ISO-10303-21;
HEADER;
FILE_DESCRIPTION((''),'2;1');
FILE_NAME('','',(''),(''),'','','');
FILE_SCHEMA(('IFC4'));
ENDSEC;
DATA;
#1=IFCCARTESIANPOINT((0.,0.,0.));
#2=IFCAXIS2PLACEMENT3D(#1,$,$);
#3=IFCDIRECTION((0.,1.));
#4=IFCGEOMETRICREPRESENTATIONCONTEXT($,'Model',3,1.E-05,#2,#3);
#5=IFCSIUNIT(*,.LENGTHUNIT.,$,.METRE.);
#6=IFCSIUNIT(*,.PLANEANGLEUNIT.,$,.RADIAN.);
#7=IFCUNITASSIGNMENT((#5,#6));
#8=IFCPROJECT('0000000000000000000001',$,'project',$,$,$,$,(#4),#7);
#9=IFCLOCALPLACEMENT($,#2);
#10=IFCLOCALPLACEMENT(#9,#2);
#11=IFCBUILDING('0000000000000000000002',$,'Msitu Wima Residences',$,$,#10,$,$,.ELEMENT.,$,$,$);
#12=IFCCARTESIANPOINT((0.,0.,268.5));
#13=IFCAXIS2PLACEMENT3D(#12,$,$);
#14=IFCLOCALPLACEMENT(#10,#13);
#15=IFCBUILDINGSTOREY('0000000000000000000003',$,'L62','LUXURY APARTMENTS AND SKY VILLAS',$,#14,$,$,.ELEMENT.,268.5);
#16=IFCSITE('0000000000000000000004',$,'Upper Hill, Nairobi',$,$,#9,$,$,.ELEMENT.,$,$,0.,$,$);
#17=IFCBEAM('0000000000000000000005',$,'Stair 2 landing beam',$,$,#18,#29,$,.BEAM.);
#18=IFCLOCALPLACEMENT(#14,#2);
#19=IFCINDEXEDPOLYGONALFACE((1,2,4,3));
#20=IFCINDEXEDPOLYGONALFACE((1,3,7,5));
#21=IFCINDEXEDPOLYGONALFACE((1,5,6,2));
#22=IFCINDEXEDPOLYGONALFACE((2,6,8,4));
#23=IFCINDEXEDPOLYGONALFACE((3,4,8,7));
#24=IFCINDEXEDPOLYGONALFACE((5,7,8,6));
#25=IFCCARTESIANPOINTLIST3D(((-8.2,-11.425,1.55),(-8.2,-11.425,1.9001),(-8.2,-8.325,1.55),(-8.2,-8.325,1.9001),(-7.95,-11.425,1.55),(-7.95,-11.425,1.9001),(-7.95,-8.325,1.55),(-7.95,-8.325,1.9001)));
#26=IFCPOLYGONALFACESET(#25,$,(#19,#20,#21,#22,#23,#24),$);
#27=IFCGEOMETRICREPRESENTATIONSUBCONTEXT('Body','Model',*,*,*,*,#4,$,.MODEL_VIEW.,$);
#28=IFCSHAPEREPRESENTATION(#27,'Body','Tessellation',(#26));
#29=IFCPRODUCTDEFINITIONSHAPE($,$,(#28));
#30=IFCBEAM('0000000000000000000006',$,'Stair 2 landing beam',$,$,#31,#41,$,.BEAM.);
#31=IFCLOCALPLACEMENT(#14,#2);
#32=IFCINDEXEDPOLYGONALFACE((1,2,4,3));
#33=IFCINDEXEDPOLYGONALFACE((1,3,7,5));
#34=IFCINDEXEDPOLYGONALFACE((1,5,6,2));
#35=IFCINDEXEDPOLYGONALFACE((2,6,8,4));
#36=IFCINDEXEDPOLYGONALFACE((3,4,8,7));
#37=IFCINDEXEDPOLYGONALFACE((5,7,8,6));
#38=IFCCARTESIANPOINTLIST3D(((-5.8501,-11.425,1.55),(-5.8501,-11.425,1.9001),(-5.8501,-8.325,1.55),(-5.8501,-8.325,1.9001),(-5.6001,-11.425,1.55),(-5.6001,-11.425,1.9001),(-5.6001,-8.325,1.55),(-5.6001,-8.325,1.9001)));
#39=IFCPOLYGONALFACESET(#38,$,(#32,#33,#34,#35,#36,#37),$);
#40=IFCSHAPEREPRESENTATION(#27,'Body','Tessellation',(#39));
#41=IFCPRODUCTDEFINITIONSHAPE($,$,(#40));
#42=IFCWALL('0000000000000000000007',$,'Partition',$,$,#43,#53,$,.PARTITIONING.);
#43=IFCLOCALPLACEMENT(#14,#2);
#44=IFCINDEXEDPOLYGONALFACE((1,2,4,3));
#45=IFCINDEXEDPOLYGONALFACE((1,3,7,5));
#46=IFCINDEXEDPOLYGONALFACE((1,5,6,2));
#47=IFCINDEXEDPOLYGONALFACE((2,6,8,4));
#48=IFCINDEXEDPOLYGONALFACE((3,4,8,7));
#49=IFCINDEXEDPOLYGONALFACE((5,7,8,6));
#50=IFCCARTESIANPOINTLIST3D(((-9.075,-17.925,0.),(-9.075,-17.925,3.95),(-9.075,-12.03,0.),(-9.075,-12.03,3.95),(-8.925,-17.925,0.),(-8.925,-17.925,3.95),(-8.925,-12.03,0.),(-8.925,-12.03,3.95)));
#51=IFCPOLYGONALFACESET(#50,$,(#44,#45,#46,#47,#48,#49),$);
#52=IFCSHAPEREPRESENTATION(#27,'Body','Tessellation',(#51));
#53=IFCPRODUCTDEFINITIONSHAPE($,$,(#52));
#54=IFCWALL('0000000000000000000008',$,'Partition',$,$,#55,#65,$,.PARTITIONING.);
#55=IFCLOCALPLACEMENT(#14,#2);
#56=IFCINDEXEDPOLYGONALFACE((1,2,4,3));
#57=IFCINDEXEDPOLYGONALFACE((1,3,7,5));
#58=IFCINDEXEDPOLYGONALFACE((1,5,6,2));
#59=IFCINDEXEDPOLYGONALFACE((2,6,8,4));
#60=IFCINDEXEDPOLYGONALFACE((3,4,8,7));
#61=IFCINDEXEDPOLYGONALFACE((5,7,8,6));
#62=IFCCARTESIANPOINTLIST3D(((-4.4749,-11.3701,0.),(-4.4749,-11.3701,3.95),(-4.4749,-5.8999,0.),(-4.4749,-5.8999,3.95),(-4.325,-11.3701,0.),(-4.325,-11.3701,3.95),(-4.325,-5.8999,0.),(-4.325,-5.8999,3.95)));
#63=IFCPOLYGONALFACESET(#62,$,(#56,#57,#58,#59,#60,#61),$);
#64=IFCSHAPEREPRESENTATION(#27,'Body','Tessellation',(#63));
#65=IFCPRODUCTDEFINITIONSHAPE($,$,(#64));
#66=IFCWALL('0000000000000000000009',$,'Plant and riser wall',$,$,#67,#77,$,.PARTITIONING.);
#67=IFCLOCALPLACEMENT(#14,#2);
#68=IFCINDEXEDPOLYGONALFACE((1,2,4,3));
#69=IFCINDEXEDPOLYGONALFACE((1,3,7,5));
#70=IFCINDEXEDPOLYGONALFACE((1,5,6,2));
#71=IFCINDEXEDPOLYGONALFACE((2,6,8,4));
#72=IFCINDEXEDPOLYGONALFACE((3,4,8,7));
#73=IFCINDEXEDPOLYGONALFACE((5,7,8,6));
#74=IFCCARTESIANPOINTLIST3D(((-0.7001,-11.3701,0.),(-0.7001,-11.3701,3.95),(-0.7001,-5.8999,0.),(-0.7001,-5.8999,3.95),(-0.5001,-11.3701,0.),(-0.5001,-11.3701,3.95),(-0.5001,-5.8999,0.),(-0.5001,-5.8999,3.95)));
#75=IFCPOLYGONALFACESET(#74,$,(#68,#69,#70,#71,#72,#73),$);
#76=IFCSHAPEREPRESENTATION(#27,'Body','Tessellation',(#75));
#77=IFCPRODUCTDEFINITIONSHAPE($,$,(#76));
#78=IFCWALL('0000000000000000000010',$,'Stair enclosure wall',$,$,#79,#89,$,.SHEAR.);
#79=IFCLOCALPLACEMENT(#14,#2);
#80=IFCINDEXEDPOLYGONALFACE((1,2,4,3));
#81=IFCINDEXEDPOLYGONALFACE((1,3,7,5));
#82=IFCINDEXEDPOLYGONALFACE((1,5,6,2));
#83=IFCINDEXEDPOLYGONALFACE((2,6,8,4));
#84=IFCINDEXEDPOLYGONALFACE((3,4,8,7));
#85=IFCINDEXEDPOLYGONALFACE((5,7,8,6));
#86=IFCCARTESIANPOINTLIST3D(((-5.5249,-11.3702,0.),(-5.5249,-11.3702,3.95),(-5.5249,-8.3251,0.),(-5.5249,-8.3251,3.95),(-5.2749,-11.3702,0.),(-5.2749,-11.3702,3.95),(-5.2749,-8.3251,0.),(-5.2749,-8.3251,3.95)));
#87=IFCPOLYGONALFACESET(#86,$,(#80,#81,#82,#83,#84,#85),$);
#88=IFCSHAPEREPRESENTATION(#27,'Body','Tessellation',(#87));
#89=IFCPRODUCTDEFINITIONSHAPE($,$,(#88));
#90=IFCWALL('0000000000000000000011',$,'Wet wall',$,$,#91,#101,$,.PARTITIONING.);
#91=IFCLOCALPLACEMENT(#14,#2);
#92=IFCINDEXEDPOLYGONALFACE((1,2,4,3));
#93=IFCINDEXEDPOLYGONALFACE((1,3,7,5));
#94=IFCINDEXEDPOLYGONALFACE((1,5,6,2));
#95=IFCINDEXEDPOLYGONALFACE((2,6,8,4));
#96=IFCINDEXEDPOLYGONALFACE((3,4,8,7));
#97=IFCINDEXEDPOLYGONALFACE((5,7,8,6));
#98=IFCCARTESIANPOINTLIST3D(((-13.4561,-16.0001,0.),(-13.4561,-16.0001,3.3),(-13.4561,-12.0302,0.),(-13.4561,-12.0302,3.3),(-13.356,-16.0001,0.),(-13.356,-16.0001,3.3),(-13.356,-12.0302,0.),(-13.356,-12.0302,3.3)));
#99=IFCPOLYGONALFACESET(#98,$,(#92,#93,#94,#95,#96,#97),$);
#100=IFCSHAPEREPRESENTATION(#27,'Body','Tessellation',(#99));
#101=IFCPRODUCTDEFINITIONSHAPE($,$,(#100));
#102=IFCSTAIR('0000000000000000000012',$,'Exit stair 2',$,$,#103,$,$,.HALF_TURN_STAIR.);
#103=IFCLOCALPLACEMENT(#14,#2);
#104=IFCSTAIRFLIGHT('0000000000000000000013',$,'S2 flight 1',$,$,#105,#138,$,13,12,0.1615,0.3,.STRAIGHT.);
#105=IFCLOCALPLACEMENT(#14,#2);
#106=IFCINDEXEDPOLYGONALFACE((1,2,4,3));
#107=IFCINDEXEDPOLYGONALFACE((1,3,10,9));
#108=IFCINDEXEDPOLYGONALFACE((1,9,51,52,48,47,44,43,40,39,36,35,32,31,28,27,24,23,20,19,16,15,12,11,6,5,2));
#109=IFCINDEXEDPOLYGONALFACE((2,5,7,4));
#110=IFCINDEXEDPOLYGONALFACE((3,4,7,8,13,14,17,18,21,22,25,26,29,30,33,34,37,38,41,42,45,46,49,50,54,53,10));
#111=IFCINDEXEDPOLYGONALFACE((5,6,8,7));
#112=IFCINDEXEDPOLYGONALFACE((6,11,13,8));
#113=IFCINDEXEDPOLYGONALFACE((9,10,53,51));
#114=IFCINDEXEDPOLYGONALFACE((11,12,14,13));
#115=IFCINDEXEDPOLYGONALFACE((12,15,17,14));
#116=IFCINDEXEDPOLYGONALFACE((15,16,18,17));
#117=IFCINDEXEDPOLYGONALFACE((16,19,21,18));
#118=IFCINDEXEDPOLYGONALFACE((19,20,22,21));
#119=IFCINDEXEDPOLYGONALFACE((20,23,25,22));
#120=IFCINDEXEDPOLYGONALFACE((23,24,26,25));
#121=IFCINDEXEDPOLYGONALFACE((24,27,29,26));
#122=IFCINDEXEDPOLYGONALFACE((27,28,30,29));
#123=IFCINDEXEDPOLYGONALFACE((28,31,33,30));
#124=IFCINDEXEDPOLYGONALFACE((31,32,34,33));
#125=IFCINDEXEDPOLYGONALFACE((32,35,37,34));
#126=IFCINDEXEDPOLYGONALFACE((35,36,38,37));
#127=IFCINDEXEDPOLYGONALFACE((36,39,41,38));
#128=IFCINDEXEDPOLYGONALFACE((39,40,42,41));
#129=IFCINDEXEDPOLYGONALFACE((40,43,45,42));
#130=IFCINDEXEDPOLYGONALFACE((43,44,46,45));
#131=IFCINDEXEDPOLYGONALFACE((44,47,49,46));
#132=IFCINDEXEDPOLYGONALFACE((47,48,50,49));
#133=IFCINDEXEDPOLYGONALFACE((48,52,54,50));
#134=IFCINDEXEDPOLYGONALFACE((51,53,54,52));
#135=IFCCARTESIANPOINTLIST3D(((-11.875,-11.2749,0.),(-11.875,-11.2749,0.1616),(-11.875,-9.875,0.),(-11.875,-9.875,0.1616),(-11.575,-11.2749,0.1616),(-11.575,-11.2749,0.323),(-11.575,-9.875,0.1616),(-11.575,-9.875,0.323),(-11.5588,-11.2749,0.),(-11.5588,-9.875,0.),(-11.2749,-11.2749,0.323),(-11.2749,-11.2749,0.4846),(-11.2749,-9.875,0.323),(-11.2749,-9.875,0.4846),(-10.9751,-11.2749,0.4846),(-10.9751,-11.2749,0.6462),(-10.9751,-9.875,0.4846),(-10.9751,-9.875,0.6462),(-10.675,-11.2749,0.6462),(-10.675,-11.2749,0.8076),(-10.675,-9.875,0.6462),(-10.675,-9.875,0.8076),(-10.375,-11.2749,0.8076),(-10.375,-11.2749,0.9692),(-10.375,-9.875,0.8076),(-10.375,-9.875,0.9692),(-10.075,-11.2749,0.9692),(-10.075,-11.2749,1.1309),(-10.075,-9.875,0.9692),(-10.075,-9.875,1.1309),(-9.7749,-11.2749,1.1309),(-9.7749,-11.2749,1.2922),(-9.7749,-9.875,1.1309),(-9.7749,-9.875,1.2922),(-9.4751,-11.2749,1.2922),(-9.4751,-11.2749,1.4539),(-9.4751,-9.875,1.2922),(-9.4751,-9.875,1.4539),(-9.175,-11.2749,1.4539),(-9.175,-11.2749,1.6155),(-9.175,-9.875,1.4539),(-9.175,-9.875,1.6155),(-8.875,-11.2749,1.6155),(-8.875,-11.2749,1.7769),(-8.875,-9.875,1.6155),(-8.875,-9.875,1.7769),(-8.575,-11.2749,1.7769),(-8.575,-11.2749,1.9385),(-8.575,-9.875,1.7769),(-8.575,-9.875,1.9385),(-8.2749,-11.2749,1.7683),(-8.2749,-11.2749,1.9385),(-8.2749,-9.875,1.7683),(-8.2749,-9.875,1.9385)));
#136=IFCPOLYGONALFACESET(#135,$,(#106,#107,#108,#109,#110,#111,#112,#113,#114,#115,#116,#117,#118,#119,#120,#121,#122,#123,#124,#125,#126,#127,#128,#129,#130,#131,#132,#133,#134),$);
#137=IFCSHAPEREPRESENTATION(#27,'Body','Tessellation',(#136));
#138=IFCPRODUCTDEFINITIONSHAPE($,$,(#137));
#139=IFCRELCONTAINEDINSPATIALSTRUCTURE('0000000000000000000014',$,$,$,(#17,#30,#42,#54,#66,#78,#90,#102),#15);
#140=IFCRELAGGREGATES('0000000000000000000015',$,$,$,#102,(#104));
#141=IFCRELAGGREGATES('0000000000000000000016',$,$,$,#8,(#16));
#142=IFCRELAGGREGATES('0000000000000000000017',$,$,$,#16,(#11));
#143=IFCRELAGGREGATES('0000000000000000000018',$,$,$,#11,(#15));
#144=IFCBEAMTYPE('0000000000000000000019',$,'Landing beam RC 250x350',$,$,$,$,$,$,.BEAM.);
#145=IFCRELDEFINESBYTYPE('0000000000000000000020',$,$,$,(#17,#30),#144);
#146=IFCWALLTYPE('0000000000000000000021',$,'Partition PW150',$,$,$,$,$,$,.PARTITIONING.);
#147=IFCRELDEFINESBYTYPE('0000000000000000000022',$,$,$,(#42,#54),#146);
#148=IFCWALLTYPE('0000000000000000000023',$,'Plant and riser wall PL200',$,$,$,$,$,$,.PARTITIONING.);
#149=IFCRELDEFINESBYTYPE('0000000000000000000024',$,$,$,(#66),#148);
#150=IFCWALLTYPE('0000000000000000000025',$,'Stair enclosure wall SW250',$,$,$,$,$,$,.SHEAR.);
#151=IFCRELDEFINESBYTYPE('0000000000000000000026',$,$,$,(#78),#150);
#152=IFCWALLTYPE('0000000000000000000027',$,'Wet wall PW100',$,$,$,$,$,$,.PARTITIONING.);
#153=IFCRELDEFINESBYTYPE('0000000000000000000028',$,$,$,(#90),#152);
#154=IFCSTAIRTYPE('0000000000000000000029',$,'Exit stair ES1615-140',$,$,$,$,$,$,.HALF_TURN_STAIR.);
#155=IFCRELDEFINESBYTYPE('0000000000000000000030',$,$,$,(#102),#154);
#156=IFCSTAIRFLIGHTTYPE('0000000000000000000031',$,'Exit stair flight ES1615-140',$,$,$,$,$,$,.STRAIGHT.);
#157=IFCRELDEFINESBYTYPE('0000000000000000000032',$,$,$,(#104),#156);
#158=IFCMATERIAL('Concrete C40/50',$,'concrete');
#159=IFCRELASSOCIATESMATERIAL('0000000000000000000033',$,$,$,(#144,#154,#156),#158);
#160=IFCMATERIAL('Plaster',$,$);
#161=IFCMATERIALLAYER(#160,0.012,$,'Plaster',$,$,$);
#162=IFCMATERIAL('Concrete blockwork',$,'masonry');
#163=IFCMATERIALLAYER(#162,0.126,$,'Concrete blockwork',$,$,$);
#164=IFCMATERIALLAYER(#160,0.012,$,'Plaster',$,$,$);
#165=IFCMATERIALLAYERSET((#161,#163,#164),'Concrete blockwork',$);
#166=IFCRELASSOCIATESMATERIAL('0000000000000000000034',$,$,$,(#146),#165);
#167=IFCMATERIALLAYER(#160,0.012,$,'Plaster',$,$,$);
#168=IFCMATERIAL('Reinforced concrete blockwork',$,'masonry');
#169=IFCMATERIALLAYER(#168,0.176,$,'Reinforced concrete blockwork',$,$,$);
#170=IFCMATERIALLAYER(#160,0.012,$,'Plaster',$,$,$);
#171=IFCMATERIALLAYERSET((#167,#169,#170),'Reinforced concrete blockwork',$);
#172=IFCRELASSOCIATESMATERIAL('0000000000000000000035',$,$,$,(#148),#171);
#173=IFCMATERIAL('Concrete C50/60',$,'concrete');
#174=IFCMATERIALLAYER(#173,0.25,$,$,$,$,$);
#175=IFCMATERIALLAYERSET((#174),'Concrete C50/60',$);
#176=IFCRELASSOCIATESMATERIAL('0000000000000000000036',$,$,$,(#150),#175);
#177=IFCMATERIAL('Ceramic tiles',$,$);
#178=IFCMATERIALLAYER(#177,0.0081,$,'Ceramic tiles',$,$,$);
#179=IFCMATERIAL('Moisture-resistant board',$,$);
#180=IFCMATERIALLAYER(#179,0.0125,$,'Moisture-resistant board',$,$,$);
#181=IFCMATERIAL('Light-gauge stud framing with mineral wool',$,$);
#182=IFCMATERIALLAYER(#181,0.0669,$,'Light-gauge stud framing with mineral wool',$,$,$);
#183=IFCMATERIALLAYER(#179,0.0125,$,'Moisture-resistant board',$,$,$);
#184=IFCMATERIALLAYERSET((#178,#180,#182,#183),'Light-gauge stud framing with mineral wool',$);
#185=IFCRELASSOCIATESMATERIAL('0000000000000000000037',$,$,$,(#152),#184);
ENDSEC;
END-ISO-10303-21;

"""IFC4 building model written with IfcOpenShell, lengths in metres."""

from ifc_helpers import new_model, si_unit, direction, frame, frame_2d, origin, origin_2d, place, context, subcontext, project, spatial, polyline, rectangle, outline, extrude, material, layer, layer_set, material_profile, profile_set, type_object, element, aggregate, save


model = new_model("IFC4")

# Units and contexts
model_context = context("Model", 3, precision=1e-05, world=origin(), true_north=direction((0.0, 1.0)))
body_context = subcontext(model_context, "Body", "Model", "MODEL_VIEW")
ifc_project = project(units=[si_unit("LENGTHUNIT", "METRE"), si_unit("PLANEANGLEUNIT", "RADIAN")], contexts=[model_context])

# Site, building, storey
site_placement = place(None, origin())
site = spatial("IfcSite", under=ifc_project, at=site_placement, Name="Upper Hill, Nairobi", CompositionType="ELEMENT", RefElevation=0.0)
building_placement = place(site_placement, origin())
building = spatial("IfcBuilding", under=site, at=building_placement, Name="Msitu Wima Residences", CompositionType="ELEMENT")
storey_placement = place(building_placement, frame((0.0, 0.0, 268.5)))
storey = spatial("IfcBuildingStorey", under=building, at=storey_placement, Name="L62", Description="LUXURY APARTMENTS AND SKY VILLAS", CompositionType="ELEMENT", Elevation=268.5)

# Beams
ifc_material_1 = material(Name="Concrete C40/50", Category="concrete")
ifc_material_profile = material_profile(ifc_material_1, rectangle(XDim=0.25, YDim=0.3501, at=origin_2d()), Name="RC 250x350")
ifc_profile_set = profile_set([ifc_material_profile], Name="Concrete C40/50")
beam_type = type_object("IfcBeamType", Name="Landing beam RC 250x350", PredefinedType="BEAM", material=ifc_profile_set)
for number, where, z_axis, x_axis, name in (
    (1, (-8.075, -11.425, 1.7251), (0.0, 1.0, 0.0), (-1.0, 0.0, 0.0), "Stair 2 landing beam"),
    (2, (-5.7251, -11.425, 1.7251), (0.0, 1.0, 0.0), (-1.0, 0.0, 0.0), "Stair 2 landing beam"),
):
    element("IfcBeam", number, at=place(storey_placement, frame(where, z_axis=z_axis, x_axis=x_axis)), inside=storey, type_object=beam_type, Name=name, PredefinedType="BEAM", context=body_context, shape_type="SweptSolid", body=[
        extrude(rectangle(XDim=0.25, YDim=0.3501, at=origin_2d()), origin(), (0.0, 0.0, 1.0), 3.1001),
    ])

# Walls
ifc_material_2 = material(Name="Plaster")
ifc_layer_1 = layer(ifc_material_2, 0.012, Name="Plaster")
ifc_material_3 = material(Name="Concrete blockwork", Category="masonry")
ifc_layer_2 = layer(ifc_material_3, 0.126, Name="Concrete blockwork")
ifc_layer_3 = layer(ifc_material_2, 0.012, Name="Plaster")
ifc_layer_set_1 = layer_set([ifc_layer_1, ifc_layer_2, ifc_layer_3], Name="Concrete blockwork")
wall_type_1 = type_object("IfcWallType", Name="Partition PW150", PredefinedType="PARTITIONING", material=ifc_layer_set_1)
wall_1_placement = place(storey_placement, frame((-9.0, -17.925, 0.0), z_axis=(0.0, 0.0, 1.0), x_axis=(0.0, 1.0, 0.0)))
element("IfcWall", 3, at=wall_1_placement, inside=storey, type_object=wall_type_1, Name="Partition", PredefinedType="PARTITIONING", context=body_context, shape_type="SweptSolid", body=[
    extrude(rectangle(XDim=5.895, YDim=0.1499, at=frame_2d((2.9475, 0.0))), origin(), (0.0, 0.0, 1.0), 3.95),
])
wall_2_placement = place(storey_placement, frame((-4.3999, -11.3701, 0.0), z_axis=(0.0, 0.0, 1.0), x_axis=(0.0, 1.0, 0.0)))
element("IfcWall", 4, at=wall_2_placement, inside=storey, type_object=wall_type_1, Name="Partition", PredefinedType="PARTITIONING", context=body_context, shape_type="SweptSolid", body=[
    extrude(rectangle(XDim=5.4702, YDim=0.1499, at=frame_2d((2.7351, 0.0))), origin(), (0.0, 0.0, 1.0), 3.95),
])
ifc_layer_4 = layer(ifc_material_2, 0.012, Name="Plaster")
ifc_material_4 = material(Name="Reinforced concrete blockwork", Category="masonry")
ifc_layer_5 = layer(ifc_material_4, 0.176, Name="Reinforced concrete blockwork")
ifc_layer_6 = layer(ifc_material_2, 0.012, Name="Plaster")
ifc_layer_set_2 = layer_set([ifc_layer_4, ifc_layer_5, ifc_layer_6], Name="Reinforced concrete blockwork")
wall_type_2 = type_object("IfcWallType", Name="Plant and riser wall PL200", PredefinedType="PARTITIONING", material=ifc_layer_set_2)
wall_3_placement = place(storey_placement, frame((-0.6001, -11.3701, 0.0), z_axis=(0.0, 0.0, 1.0), x_axis=(0.0, 1.0, 0.0)))
element("IfcWall", 5, at=wall_3_placement, inside=storey, type_object=wall_type_2, Name="Plant and riser wall", PredefinedType="PARTITIONING", context=body_context, shape_type="SweptSolid", body=[
    extrude(rectangle(XDim=5.4702, YDim=0.2, at=frame_2d((2.7351, 0.0))), origin(), (0.0, 0.0, 1.0), 3.95),
])
ifc_material_5 = material(Name="Concrete C50/60", Category="concrete")
ifc_layer_7 = layer(ifc_material_5, 0.25)
ifc_layer_set_3 = layer_set([ifc_layer_7], Name="Concrete C50/60")
wall_type_3 = type_object("IfcWallType", Name="Stair enclosure wall SW250", PredefinedType="SHEAR", material=ifc_layer_set_3)
wall_4_placement = place(storey_placement, frame((-5.3999, -11.3701, 0.0), z_axis=(0.0, 0.0, 1.0), x_axis=(0.0, 1.0, 0.0)))
element("IfcWall", 6, at=wall_4_placement, inside=storey, type_object=wall_type_3, Name="Stair enclosure wall", PredefinedType="SHEAR", context=body_context, shape_type="SweptSolid", body=[
    extrude(rectangle(XDim=3.0452, YDim=0.25, at=frame_2d((1.5225, 0.0))), origin(), (0.0, 0.0, 1.0), 3.95),
])
ifc_material_6 = material(Name="Ceramic tiles")
ifc_layer_8 = layer(ifc_material_6, 0.0081, Name="Ceramic tiles")
ifc_material_7 = material(Name="Moisture-resistant board")
ifc_layer_9 = layer(ifc_material_7, 0.0125, Name="Moisture-resistant board")
ifc_material_8 = material(Name="Light-gauge stud framing with mineral wool")
ifc_layer_10 = layer(ifc_material_8, 0.0669, Name="Light-gauge stud framing with mineral wool")
ifc_layer_11 = layer(ifc_material_7, 0.0125, Name="Moisture-resistant board")
ifc_layer_set_4 = layer_set([ifc_layer_8, ifc_layer_9, ifc_layer_10, ifc_layer_11], Name="Light-gauge stud framing with mineral wool")
wall_type_4 = type_object("IfcWallType", Name="Wet wall PW100", PredefinedType="PARTITIONING", material=ifc_layer_set_4)
wall_5_placement = place(storey_placement, frame((-13.406, -16.0, 0.0), z_axis=(0.0, 0.0, 1.0), x_axis=(0.0, 1.0, 0.0)))
element("IfcWall", 7, at=wall_5_placement, inside=storey, type_object=wall_type_4, Name="Wet wall", PredefinedType="PARTITIONING", context=body_context, shape_type="SweptSolid", body=[
    extrude(rectangle(XDim=3.97, YDim=0.1001, at=frame_2d((1.9849, 0.0))), origin(), (0.0, 0.0, 1.0), 3.3),
])

# Stair, stair flight
stair_type = type_object("IfcStairType", Name="Exit stair ES1615-140", PredefinedType="HALF_TURN_STAIR", material=ifc_material_1)
stair_placement = place(storey_placement, origin())
stair = element("IfcStair", 8, at=stair_placement, inside=storey, type_object=stair_type, Name="Exit stair 2", PredefinedType="HALF_TURN_STAIR")
stair_flight_type = type_object("IfcStairFlightType", Name="Exit stair flight ES1615-140", PredefinedType="STRAIGHT", material=ifc_material_1)
stair_flight_placement = place(storey_placement, frame((-11.875, -10.575, 0.0), z_axis=(0.0, 0.0, 1.0), x_axis=(1.0, 0.0, 0.0)))
stair_flight = element("IfcStairFlight", 9, at=stair_flight_placement, type_object=stair_flight_type, Name="S2 flight 1", NumberOfRisers=13, NumberOfTreads=12, PredefinedType="STRAIGHT", RiserHeight=0.1615, TreadLength=0.3, context=body_context, shape_type="SweptSolid", body=[
    extrude(outline(polyline([(0.0, 0.0), (0.0, 0.1616), (0.3, 0.1616), (0.3, 0.323), (0.6001, 0.323), (0.6001, 0.4846), (0.8999, 0.4846), (0.8999, 0.6462), (1.2, 0.6462), (1.2, 0.8076), (1.5, 0.8076), (1.5, 0.9692), (1.8, 0.9692), (1.8, 1.1309), (2.1001, 1.1309), (2.1001, 1.2922), (2.3999, 1.2922), (2.3999, 1.4539), (2.7, 1.4539), (2.7, 1.6155), (3.0, 1.6155), (3.0, 1.7769), (3.3, 1.7769), (3.3, 1.9385), (3.6001, 1.9385), (3.6001, 2.1001), (3.6001, 1.7683), (0.3162, 0.0), (0.0, 0.0)])), frame((0.0, 0.7, 0.0), z_axis=(0.0, -1.0, 0.0), x_axis=(1.0, 0.0, 0.0)), (0.0, 0.0, 1.0), 1.3999),
])
aggregate(stair, [stair_flight])

save(model, "model.ifc")
